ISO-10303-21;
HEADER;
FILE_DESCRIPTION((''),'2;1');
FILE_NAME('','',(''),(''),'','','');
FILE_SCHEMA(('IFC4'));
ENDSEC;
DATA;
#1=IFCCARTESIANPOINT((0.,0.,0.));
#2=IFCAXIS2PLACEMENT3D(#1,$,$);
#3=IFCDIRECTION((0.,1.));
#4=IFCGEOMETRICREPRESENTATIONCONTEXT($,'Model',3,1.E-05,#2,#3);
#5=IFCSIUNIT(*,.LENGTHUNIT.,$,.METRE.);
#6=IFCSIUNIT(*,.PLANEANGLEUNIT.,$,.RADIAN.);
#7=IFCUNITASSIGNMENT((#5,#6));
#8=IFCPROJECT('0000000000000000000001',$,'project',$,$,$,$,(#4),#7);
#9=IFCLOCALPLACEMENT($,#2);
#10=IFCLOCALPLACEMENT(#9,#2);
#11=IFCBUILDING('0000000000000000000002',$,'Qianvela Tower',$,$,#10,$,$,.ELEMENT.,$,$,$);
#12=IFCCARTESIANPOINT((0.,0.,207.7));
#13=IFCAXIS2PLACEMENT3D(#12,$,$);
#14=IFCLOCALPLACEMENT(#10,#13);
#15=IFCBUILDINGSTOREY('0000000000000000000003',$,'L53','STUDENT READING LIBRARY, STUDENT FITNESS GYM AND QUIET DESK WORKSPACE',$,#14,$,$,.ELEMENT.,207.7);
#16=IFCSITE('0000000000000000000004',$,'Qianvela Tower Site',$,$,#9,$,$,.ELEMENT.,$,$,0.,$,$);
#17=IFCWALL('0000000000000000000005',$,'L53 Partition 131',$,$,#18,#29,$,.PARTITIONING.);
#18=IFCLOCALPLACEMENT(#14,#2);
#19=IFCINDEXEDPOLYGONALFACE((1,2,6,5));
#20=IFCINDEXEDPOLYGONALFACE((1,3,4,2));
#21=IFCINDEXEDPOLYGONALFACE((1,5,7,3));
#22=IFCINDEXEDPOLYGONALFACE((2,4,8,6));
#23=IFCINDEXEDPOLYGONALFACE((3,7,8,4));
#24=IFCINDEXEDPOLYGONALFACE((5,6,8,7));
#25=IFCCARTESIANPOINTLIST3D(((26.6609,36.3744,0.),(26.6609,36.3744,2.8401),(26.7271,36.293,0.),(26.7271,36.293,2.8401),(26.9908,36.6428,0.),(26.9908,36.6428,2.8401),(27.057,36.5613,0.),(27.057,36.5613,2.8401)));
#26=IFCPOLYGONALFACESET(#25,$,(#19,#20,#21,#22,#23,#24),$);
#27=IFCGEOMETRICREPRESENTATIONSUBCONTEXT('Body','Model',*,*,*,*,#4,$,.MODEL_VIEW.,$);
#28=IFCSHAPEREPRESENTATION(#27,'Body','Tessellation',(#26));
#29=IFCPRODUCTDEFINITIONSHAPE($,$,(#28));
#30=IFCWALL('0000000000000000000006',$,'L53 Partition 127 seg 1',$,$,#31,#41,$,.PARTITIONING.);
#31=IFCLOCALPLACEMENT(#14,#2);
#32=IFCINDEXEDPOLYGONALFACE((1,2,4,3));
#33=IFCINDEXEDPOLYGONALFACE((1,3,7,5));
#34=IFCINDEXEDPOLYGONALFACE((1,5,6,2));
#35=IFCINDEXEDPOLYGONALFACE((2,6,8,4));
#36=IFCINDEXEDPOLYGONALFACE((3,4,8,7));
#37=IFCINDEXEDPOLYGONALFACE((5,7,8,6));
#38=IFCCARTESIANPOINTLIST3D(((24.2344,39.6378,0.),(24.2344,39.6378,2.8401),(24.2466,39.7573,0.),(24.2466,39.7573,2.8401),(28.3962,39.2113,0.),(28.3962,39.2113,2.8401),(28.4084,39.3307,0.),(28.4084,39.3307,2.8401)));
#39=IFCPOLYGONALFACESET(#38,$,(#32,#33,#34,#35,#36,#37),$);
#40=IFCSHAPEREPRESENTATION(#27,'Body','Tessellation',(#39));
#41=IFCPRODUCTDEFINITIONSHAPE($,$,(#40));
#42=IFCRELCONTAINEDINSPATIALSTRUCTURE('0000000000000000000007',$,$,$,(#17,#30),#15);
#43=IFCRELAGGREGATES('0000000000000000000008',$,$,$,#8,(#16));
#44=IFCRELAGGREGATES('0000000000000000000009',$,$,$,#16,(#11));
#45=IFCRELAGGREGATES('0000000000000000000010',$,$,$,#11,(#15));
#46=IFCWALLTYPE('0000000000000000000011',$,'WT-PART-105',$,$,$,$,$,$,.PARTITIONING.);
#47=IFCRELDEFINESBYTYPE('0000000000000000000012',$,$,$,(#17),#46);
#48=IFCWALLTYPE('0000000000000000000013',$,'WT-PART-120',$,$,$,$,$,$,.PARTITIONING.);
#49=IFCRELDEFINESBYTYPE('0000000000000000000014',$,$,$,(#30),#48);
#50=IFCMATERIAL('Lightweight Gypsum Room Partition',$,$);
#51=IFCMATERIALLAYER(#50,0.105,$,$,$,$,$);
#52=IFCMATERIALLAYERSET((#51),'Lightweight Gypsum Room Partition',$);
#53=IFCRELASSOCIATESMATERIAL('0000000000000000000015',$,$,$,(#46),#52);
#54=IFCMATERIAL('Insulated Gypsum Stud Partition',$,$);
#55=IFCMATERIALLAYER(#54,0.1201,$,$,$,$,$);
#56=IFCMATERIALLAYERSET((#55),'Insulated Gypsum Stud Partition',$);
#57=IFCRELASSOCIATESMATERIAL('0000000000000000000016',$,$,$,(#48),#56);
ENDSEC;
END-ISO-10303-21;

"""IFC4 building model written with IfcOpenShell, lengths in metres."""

from ifc_helpers import new_model, si_unit, direction, frame, frame_2d, origin, place, context, subcontext, project, spatial, rectangle, extrude, material, layer, layer_set, type_object, element, save


model = new_model("IFC4")

# Units and contexts
model_context = context("Model", 3, precision=1e-05, world=origin(), true_north=direction((0.0, 1.0)))
body_context = subcontext(model_context, "Body", "Model", "MODEL_VIEW")
ifc_project = project(units=[si_unit("LENGTHUNIT", "METRE"), si_unit("PLANEANGLEUNIT", "RADIAN")], contexts=[model_context])

# Site, building, storey
site_placement = place(None, origin())
site = spatial("IfcSite", under=ifc_project, at=site_placement, Name="Qianvela Tower Site", CompositionType="ELEMENT", RefElevation=0.0)
building_placement = place(site_placement, origin())
building = spatial("IfcBuilding", under=site, at=building_placement, Name="Qianvela Tower", CompositionType="ELEMENT")
storey_placement = place(building_placement, frame((0.0, 0.0, 207.7)))
storey = spatial("IfcBuildingStorey", under=building, at=storey_placement, Name="L53", Description="STUDENT READING LIBRARY, STUDENT FITNESS GYM AND QUIET DESK WORKSPACE", CompositionType="ELEMENT", Elevation=207.7)

# Walls
ifc_material_1 = material(Name="Lightweight Gypsum Room Partition")
ifc_layer_1 = layer(ifc_material_1, 0.105)
ifc_layer_set_1 = layer_set([ifc_layer_1], Name="Lightweight Gypsum Room Partition")
wall_type_1 = type_object("IfcWallType", Name="WT-PART-105", PredefinedType="PARTITIONING", material=ifc_layer_set_1)
wall_1_placement = place(storey_placement, frame((27.0239, 36.6021, 0.0), z_axis=(0.0, 0.0, 1.0), x_axis=(-0.775745, -0.631046, 0.0)))
element("IfcWall", 1, at=wall_1_placement, inside=storey, type_object=wall_type_1, Name="L53 Partition 131", PredefinedType="PARTITIONING", context=body_context, shape_type="SweptSolid", body=[
    extrude(rectangle(XDim=0.4253, YDim=0.105, at=frame_2d((0.2126, 0.0))), origin(), (0.0, 0.0, 1.0), 2.8401),
])
ifc_material_2 = material(Name="Insulated Gypsum Stud Partition")
ifc_layer_2 = layer(ifc_material_2, 0.1201)
ifc_layer_set_2 = layer_set([ifc_layer_2], Name="Insulated Gypsum Stud Partition")
wall_type_2 = type_object("IfcWallType", Name="WT-PART-120", PredefinedType="PARTITIONING", material=ifc_layer_set_2)
wall_2_placement = place(storey_placement, frame((24.2405, 39.6975, 0.0), z_axis=(0.0, 0.0, 1.0), x_axis=(0.99479, -0.101947, 0.0)))
element("IfcWall", 2, at=wall_2_placement, inside=storey, type_object=wall_type_2, Name="L53 Partition 127 seg 1", PredefinedType="PARTITIONING", context=body_context, shape_type="SweptSolid", body=[
    extrude(rectangle(XDim=4.1836, YDim=0.1201, at=frame_2d((2.0918, 0.0))), origin(), (0.0, 0.0, 1.0), 2.8401),
])

save(model, "model.ifc")
